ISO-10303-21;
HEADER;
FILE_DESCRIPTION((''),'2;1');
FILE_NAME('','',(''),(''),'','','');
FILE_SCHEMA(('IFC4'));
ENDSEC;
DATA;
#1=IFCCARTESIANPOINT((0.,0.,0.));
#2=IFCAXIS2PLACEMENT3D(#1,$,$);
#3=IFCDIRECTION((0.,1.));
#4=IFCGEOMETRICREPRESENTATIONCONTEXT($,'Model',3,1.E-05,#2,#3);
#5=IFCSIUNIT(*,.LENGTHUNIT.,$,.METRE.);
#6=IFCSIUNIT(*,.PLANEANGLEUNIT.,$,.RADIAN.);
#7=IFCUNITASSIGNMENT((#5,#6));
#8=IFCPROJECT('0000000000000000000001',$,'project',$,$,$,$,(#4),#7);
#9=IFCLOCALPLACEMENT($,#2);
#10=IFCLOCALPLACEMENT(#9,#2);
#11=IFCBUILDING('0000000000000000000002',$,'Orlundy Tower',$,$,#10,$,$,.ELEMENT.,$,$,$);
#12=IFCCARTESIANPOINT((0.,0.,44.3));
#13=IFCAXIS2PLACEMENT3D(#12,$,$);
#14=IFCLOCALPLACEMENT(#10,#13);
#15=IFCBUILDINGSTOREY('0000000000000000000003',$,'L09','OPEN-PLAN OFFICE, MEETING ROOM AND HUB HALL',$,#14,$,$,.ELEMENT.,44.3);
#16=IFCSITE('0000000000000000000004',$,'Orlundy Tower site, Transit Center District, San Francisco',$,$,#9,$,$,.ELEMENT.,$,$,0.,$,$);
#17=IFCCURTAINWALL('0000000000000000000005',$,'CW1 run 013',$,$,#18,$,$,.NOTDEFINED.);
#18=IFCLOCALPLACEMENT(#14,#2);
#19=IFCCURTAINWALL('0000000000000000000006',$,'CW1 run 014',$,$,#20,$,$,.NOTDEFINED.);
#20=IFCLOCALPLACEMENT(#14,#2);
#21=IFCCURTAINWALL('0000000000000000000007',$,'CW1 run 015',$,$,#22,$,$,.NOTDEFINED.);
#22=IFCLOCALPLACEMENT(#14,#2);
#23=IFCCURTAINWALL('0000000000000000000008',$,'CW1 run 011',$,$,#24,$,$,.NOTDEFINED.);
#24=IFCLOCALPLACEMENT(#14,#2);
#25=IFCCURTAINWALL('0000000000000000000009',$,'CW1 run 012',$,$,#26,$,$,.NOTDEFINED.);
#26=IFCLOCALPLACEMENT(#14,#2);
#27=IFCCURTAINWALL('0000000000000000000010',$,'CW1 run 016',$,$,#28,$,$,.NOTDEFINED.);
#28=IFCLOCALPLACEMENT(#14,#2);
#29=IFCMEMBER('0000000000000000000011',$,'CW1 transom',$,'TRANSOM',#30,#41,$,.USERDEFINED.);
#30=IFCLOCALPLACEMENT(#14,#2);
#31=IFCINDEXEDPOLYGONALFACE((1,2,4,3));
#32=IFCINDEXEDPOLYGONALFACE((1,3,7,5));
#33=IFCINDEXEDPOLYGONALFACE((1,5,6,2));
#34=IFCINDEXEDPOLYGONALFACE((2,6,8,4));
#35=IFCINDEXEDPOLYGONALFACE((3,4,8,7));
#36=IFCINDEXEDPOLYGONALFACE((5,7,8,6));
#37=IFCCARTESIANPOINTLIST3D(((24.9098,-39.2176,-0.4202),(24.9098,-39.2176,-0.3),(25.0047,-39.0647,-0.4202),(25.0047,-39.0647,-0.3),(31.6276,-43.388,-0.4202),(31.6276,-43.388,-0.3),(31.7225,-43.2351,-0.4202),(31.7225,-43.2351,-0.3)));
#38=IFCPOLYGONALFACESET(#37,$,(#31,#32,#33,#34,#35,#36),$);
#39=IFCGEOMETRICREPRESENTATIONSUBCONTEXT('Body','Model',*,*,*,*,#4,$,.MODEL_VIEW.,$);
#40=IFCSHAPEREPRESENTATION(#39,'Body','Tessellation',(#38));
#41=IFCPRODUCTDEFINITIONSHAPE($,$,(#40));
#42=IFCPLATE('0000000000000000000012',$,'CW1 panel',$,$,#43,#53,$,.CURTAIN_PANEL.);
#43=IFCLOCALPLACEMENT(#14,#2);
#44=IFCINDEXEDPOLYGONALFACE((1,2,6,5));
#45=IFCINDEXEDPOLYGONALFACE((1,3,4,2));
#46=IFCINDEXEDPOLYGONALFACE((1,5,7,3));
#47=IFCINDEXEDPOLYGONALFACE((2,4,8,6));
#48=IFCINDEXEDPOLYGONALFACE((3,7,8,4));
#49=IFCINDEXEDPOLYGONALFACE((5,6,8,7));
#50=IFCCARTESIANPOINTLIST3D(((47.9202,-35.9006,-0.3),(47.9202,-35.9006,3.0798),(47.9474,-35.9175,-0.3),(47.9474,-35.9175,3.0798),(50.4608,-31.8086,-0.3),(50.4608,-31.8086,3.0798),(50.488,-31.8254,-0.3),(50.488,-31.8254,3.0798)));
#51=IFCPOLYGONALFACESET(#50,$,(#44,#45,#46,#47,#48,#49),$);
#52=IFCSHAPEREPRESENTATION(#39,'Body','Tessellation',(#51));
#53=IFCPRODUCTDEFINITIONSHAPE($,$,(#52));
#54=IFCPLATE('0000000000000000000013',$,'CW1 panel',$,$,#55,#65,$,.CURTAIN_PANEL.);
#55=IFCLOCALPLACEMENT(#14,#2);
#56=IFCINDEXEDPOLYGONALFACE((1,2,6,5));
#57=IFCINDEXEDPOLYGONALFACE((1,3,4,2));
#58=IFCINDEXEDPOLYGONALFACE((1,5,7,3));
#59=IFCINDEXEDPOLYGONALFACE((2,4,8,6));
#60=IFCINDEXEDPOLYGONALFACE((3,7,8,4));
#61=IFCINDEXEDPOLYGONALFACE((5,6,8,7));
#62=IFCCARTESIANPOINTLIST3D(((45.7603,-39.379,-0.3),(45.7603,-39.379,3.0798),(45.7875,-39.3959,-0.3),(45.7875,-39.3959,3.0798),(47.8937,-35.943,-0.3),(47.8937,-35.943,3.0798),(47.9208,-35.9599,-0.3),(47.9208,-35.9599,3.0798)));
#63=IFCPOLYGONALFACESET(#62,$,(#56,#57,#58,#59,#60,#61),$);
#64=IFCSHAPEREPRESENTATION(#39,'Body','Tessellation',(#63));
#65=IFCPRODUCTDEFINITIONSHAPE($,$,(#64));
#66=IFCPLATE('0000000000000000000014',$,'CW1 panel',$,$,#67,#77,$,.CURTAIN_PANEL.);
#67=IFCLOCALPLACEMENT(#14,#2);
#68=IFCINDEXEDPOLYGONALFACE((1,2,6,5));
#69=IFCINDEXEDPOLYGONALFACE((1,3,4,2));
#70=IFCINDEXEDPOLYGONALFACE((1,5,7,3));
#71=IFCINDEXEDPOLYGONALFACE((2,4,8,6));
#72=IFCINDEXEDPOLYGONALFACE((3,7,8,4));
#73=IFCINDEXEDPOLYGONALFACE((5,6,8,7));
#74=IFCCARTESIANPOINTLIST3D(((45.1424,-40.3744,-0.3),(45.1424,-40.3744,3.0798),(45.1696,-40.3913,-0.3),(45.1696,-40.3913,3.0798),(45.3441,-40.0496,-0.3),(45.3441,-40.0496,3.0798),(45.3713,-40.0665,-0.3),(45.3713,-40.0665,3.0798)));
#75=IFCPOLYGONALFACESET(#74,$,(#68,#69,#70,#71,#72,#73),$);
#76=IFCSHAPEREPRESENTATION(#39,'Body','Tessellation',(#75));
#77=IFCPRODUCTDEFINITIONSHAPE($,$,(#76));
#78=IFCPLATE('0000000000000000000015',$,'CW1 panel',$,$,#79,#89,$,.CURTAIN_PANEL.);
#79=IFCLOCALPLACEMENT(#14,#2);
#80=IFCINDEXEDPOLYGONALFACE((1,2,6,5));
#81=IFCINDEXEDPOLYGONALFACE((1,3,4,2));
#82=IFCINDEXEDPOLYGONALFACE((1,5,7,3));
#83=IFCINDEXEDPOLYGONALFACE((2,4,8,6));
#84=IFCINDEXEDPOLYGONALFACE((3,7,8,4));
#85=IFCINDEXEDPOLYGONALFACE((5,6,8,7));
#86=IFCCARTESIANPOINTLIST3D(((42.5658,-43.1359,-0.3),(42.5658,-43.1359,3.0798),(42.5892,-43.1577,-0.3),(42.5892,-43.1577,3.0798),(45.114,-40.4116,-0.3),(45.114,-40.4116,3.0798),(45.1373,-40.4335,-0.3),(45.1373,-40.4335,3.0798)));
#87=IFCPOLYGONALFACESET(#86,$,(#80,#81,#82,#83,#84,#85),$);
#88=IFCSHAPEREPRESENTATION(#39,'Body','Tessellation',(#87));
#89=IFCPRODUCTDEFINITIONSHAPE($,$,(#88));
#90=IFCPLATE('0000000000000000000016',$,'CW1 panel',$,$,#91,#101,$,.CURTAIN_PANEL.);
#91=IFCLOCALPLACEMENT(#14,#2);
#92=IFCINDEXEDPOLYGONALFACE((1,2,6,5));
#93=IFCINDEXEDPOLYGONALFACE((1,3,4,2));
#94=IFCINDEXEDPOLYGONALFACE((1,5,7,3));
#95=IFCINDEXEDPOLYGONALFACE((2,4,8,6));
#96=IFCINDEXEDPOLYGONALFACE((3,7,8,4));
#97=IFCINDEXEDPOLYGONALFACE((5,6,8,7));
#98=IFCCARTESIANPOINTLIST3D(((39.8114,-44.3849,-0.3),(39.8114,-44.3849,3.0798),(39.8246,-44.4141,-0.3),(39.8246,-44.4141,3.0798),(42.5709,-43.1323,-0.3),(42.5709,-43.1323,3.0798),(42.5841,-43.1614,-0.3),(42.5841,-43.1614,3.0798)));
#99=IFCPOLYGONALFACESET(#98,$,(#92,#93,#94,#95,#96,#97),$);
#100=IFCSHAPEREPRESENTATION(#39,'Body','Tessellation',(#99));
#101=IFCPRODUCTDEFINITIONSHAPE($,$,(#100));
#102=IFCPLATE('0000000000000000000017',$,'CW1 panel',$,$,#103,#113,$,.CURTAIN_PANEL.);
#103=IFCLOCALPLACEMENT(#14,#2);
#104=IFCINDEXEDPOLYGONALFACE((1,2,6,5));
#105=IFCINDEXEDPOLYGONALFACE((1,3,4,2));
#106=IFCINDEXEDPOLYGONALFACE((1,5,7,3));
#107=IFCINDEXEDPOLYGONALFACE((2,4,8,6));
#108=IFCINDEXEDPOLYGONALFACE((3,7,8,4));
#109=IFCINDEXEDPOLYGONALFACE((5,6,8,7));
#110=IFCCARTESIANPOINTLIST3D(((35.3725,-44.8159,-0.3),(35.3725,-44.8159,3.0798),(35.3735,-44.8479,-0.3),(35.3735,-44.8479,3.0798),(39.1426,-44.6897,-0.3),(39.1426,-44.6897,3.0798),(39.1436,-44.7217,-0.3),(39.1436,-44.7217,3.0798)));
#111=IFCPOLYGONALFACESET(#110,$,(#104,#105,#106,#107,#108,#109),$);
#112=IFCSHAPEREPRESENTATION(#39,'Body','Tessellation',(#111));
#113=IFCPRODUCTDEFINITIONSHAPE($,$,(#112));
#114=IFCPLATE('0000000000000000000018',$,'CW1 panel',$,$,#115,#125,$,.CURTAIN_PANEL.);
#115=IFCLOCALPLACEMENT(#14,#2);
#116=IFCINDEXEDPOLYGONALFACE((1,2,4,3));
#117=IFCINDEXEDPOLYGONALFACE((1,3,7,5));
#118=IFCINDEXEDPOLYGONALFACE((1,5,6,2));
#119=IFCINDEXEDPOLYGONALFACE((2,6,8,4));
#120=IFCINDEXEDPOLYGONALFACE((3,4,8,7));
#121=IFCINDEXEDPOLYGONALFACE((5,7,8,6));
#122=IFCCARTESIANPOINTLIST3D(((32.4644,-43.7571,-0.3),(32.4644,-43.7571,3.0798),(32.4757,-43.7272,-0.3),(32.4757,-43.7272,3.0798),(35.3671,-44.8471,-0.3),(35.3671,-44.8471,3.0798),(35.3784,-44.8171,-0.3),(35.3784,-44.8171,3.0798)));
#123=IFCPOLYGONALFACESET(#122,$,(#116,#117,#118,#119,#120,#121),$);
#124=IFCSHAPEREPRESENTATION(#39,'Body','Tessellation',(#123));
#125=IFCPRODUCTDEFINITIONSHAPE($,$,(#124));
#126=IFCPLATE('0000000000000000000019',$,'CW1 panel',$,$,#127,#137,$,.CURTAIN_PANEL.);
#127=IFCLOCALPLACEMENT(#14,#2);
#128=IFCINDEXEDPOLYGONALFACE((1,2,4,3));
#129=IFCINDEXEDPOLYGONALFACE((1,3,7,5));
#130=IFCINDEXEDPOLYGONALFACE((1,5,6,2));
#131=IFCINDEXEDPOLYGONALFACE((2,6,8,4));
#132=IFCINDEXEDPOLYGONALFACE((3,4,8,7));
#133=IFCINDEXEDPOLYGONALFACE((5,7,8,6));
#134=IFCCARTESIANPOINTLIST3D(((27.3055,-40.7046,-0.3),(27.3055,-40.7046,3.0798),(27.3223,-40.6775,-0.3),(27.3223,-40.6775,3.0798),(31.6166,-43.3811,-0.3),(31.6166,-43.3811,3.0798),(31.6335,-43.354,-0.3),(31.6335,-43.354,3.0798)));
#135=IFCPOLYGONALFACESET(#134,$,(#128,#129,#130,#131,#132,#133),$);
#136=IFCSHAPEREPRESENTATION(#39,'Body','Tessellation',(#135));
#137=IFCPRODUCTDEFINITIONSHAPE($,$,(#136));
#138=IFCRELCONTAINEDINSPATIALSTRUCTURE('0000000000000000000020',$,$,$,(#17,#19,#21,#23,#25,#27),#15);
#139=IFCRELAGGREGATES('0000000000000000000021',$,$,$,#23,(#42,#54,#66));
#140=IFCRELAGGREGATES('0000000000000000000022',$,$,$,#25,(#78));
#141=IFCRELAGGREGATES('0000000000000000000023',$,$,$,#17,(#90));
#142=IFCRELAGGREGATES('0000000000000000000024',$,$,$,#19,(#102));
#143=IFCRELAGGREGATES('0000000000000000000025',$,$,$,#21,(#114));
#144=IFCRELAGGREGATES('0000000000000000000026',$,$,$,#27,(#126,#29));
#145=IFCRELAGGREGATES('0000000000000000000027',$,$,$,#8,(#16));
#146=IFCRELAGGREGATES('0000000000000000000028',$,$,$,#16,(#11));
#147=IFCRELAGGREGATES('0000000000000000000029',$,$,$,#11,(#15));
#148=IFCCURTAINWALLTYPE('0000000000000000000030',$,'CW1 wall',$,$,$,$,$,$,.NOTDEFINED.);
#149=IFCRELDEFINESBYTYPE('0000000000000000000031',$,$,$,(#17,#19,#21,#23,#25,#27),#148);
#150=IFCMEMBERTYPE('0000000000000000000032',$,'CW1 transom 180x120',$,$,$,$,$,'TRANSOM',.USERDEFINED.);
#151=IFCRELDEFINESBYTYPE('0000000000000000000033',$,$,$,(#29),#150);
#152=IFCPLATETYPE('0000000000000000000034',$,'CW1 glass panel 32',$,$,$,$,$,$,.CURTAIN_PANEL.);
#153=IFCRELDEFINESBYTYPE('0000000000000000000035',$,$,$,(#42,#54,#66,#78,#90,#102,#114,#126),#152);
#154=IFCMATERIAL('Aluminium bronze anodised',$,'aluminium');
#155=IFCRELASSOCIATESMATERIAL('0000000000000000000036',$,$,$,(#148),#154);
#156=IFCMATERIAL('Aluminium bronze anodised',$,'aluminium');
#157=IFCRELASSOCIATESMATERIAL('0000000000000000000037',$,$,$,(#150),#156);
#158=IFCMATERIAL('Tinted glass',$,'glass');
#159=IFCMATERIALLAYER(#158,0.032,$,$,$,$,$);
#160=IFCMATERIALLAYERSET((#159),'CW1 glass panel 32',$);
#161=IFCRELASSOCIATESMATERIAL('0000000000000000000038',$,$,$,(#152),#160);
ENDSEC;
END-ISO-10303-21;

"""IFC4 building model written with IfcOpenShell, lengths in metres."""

from ifc_helpers import new_model, si_unit, direction, frame, origin, origin_2d, place, context, subcontext, project, spatial, rectangle, extrude, material, layer, layer_set, material_profile, profile_set, type_object, element, aggregate, save


model = new_model("IFC4")

# Units and contexts
model_context = context("Model", 3, precision=1e-05, world=origin(), true_north=direction((0.0, 1.0)))
body_context = subcontext(model_context, "Body", "Model", "MODEL_VIEW")
ifc_project = project(units=[si_unit("LENGTHUNIT", "METRE"), si_unit("PLANEANGLEUNIT", "RADIAN")], contexts=[model_context])

# Site, building, storey
site_placement = place(None, origin())
site = spatial("IfcSite", under=ifc_project, at=site_placement, Name="Orlundy Tower site, Transit Center District, San Francisco", CompositionType="ELEMENT", RefElevation=0.0)
building_placement = place(site_placement, origin())
building = spatial("IfcBuilding", under=site, at=building_placement, Name="Orlundy Tower", CompositionType="ELEMENT")
storey_placement = place(building_placement, frame((0.0, 0.0, 44.3)))
storey = spatial("IfcBuildingStorey", under=building, at=storey_placement, Name="L09", Description="OPEN-PLAN OFFICE, MEETING ROOM AND HUB HALL", CompositionType="ELEMENT", Elevation=44.3)

# Curtain walls
ifc_material_1 = material(Name="Aluminium bronze anodised", Category="aluminium")
curtain_wall_type = type_object("IfcCurtainWallType", Name="CW1 wall", PredefinedType="NOTDEFINED", material=ifc_material_1)
curtain_wall_1_placement = place(storey_placement, origin())
curtain_wall_1 = element("IfcCurtainWall", 1, at=curtain_wall_1_placement, inside=storey, type_object=curtain_wall_type, Name="CW1 run 013", PredefinedType="NOTDEFINED")
curtain_wall_2_placement = place(storey_placement, origin())
curtain_wall_2 = element("IfcCurtainWall", 2, at=curtain_wall_2_placement, inside=storey, type_object=curtain_wall_type, Name="CW1 run 014", PredefinedType="NOTDEFINED")
curtain_wall_3_placement = place(storey_placement, origin())
curtain_wall_3 = element("IfcCurtainWall", 3, at=curtain_wall_3_placement, inside=storey, type_object=curtain_wall_type, Name="CW1 run 015", PredefinedType="NOTDEFINED")
curtain_wall_4_placement = place(storey_placement, origin())
curtain_wall_4 = element("IfcCurtainWall", 4, at=curtain_wall_4_placement, inside=storey, type_object=curtain_wall_type, Name="CW1 run 011", PredefinedType="NOTDEFINED")
curtain_wall_5_placement = place(storey_placement, origin())
curtain_wall_5 = element("IfcCurtainWall", 5, at=curtain_wall_5_placement, inside=storey, type_object=curtain_wall_type, Name="CW1 run 012", PredefinedType="NOTDEFINED")

# Shared definitions
ifc_material_2 = material(Name="Aluminium bronze anodised", Category="aluminium")
ifc_material_profile_1 = material_profile(ifc_material_2, rectangle(XDim=0.1799, YDim=0.1201, at=origin_2d()), Name="CW1 transom 180x120")
ifc_profile_set_1 = profile_set([ifc_material_profile_1], Name="Aluminium bronze anodised")
member_type_1 = type_object("IfcMemberType", Name="CW1 transom 180x120", ElementType="TRANSOM", PredefinedType="USERDEFINED", material=ifc_profile_set_1)

# Curtain wall, member
curtain_wall_6_placement = place(storey_placement, origin())
curtain_wall_6 = element("IfcCurtainWall", 6, at=curtain_wall_6_placement, inside=storey, type_object=curtain_wall_type, Name="CW1 run 016", PredefinedType="NOTDEFINED")
member_1_placement = place(storey_placement, frame((31.675, -43.3115, -0.3601), z_axis=(-0.849597, 0.527432, 0.0), x_axis=(-0.527432, -0.849597, 0.0)))
member_1 = element("IfcMember", 7, at=member_1_placement, type_object=member_type_1, Name="CW1 transom", ObjectType="TRANSOM", PredefinedType="USERDEFINED", context=body_context, shape_type="SweptSolid", body=[
    extrude(rectangle(XDim=0.1799, YDim=0.1201, at=origin_2d()), origin(), (0.0, 0.0, 1.0), 7.907),
])

# Plates
ifc_material_3 = material(Name="Tinted glass", Category="glass")
ifc_layer_1 = layer(ifc_material_3, 0.032)
ifc_layer_set_1 = layer_set([ifc_layer_1], Name="CW1 glass panel 32")
plate_type = type_object("IfcPlateType", Name="CW1 glass panel 32", PredefinedType="CURTAIN_PANEL", material=ifc_layer_set_1)
plate_1_placement = place(storey_placement, frame((49.2041, -33.863, -0.3), z_axis=(0.0, 0.0, 1.0), x_axis=(-0.527475, -0.84957, 0.0)))
plate_1 = element("IfcPlate", 8, at=plate_1_placement, type_object=plate_type, Name="CW1 panel", PredefinedType="CURTAIN_PANEL", context=body_context, shape_type="SweptSolid", body=[
    extrude(rectangle(XDim=4.8167, YDim=0.032, at=origin_2d()), origin(), (0.0, 0.0, 1.0), 3.3799),
])
plate_2_placement = place(storey_placement, frame((46.8406, -37.6694, -0.3), z_axis=(0.0, 0.0, 1.0), x_axis=(-0.527475, -0.84957, 0.0)))
plate_2 = element("IfcPlate", 9, at=plate_2_placement, type_object=plate_type, Name="CW1 panel", PredefinedType="CURTAIN_PANEL", context=body_context, shape_type="SweptSolid", body=[
    extrude(rectangle(XDim=4.0444, YDim=0.032, at=origin_2d()), origin(), (0.0, 0.0, 1.0), 3.3799),
])
plate_3_placement = place(storey_placement, frame((45.2568, -40.2205, -0.3), z_axis=(0.0, 0.0, 1.0), x_axis=(-0.527475, -0.84957, 0.0)))
plate_3 = element("IfcPlate", 10, at=plate_3_placement, type_object=plate_type, Name="CW1 panel", PredefinedType="CURTAIN_PANEL", context=body_context, shape_type="SweptSolid", body=[
    extrude(rectangle(XDim=0.3823, YDim=0.032, at=origin_2d()), origin(), (0.0, 0.0, 1.0), 3.3799),
])
aggregate(curtain_wall_4, [plate_1, plate_2, plate_3])
plate_4_placement = place(storey_placement, frame((43.8516, -41.7847, -0.3), z_axis=(0.0, 0.0, 1.0), x_axis=(-0.683106, -0.730319, 0.0)))
plate_4 = element("IfcPlate", 11, at=plate_4_placement, type_object=plate_type, Name="CW1 panel", PredefinedType="CURTAIN_PANEL", context=body_context, shape_type="SweptSolid", body=[
    extrude(rectangle(XDim=3.7302, YDim=0.032, at=origin_2d()), origin(), (0.0, 0.0, 1.0), 3.3799),
])
aggregate(curtain_wall_5, [plate_4])
plate_5_placement = place(storey_placement, frame((41.1978, -43.7732, -0.3), z_axis=(0.0, 0.0, 1.0), x_axis=(-0.910579, -0.413335, 0.0)))
plate_5 = element("IfcPlate", 12, at=plate_5_placement, type_object=plate_type, Name="CW1 panel", PredefinedType="CURTAIN_PANEL", context=body_context, shape_type="SweptSolid", body=[
    extrude(rectangle(XDim=3.0305, YDim=0.032, at=origin_2d()), origin(), (0.0, 0.0, 1.0), 3.3799),
])
aggregate(curtain_wall_1, [plate_5])
plate_6_placement = place(storey_placement, frame((37.2581, -44.7688, -0.3), z_axis=(0.0, 0.0, 1.0), x_axis=(-0.99944, -0.03345, 0.0)))
plate_6 = element("IfcPlate", 13, at=plate_6_placement, type_object=plate_type, Name="CW1 panel", PredefinedType="CURTAIN_PANEL", context=body_context, shape_type="SweptSolid", body=[
    extrude(rectangle(XDim=3.7722, YDim=0.032, at=origin_2d()), origin(), (0.0, 0.0, 1.0), 3.3799),
])
aggregate(curtain_wall_2, [plate_6])
plate_7_placement = place(storey_placement, frame((33.9214, -44.2871, -0.3), z_axis=(0.0, 0.0, 1.0), x_axis=(-0.936174, 0.351537, 0.0)))
plate_7 = element("IfcPlate", 14, at=plate_7_placement, type_object=plate_type, Name="CW1 panel", PredefinedType="CURTAIN_PANEL", context=body_context, shape_type="SweptSolid", body=[
    extrude(rectangle(XDim=3.1006, YDim=0.032, at=origin_2d()), origin(), (0.0, 0.0, 1.0), 3.3799),
])
aggregate(curtain_wall_3, [plate_7])
plate_8_placement = place(storey_placement, frame((29.4695, -42.0293, -0.3), z_axis=(0.0, 0.0, 1.0), x_axis=(-0.849587, 0.527449, 0.0)))
plate_8 = element("IfcPlate", 15, at=plate_8_placement, type_object=plate_type, Name="CW1 panel", PredefinedType="CURTAIN_PANEL", context=body_context, shape_type="SweptSolid", body=[
    extrude(rectangle(XDim=5.0745, YDim=0.032, at=origin_2d()), origin(), (0.0, 0.0, 1.0), 3.3799),
])
aggregate(curtain_wall_6, [plate_8, member_1])

save(model, "model.ifc")
